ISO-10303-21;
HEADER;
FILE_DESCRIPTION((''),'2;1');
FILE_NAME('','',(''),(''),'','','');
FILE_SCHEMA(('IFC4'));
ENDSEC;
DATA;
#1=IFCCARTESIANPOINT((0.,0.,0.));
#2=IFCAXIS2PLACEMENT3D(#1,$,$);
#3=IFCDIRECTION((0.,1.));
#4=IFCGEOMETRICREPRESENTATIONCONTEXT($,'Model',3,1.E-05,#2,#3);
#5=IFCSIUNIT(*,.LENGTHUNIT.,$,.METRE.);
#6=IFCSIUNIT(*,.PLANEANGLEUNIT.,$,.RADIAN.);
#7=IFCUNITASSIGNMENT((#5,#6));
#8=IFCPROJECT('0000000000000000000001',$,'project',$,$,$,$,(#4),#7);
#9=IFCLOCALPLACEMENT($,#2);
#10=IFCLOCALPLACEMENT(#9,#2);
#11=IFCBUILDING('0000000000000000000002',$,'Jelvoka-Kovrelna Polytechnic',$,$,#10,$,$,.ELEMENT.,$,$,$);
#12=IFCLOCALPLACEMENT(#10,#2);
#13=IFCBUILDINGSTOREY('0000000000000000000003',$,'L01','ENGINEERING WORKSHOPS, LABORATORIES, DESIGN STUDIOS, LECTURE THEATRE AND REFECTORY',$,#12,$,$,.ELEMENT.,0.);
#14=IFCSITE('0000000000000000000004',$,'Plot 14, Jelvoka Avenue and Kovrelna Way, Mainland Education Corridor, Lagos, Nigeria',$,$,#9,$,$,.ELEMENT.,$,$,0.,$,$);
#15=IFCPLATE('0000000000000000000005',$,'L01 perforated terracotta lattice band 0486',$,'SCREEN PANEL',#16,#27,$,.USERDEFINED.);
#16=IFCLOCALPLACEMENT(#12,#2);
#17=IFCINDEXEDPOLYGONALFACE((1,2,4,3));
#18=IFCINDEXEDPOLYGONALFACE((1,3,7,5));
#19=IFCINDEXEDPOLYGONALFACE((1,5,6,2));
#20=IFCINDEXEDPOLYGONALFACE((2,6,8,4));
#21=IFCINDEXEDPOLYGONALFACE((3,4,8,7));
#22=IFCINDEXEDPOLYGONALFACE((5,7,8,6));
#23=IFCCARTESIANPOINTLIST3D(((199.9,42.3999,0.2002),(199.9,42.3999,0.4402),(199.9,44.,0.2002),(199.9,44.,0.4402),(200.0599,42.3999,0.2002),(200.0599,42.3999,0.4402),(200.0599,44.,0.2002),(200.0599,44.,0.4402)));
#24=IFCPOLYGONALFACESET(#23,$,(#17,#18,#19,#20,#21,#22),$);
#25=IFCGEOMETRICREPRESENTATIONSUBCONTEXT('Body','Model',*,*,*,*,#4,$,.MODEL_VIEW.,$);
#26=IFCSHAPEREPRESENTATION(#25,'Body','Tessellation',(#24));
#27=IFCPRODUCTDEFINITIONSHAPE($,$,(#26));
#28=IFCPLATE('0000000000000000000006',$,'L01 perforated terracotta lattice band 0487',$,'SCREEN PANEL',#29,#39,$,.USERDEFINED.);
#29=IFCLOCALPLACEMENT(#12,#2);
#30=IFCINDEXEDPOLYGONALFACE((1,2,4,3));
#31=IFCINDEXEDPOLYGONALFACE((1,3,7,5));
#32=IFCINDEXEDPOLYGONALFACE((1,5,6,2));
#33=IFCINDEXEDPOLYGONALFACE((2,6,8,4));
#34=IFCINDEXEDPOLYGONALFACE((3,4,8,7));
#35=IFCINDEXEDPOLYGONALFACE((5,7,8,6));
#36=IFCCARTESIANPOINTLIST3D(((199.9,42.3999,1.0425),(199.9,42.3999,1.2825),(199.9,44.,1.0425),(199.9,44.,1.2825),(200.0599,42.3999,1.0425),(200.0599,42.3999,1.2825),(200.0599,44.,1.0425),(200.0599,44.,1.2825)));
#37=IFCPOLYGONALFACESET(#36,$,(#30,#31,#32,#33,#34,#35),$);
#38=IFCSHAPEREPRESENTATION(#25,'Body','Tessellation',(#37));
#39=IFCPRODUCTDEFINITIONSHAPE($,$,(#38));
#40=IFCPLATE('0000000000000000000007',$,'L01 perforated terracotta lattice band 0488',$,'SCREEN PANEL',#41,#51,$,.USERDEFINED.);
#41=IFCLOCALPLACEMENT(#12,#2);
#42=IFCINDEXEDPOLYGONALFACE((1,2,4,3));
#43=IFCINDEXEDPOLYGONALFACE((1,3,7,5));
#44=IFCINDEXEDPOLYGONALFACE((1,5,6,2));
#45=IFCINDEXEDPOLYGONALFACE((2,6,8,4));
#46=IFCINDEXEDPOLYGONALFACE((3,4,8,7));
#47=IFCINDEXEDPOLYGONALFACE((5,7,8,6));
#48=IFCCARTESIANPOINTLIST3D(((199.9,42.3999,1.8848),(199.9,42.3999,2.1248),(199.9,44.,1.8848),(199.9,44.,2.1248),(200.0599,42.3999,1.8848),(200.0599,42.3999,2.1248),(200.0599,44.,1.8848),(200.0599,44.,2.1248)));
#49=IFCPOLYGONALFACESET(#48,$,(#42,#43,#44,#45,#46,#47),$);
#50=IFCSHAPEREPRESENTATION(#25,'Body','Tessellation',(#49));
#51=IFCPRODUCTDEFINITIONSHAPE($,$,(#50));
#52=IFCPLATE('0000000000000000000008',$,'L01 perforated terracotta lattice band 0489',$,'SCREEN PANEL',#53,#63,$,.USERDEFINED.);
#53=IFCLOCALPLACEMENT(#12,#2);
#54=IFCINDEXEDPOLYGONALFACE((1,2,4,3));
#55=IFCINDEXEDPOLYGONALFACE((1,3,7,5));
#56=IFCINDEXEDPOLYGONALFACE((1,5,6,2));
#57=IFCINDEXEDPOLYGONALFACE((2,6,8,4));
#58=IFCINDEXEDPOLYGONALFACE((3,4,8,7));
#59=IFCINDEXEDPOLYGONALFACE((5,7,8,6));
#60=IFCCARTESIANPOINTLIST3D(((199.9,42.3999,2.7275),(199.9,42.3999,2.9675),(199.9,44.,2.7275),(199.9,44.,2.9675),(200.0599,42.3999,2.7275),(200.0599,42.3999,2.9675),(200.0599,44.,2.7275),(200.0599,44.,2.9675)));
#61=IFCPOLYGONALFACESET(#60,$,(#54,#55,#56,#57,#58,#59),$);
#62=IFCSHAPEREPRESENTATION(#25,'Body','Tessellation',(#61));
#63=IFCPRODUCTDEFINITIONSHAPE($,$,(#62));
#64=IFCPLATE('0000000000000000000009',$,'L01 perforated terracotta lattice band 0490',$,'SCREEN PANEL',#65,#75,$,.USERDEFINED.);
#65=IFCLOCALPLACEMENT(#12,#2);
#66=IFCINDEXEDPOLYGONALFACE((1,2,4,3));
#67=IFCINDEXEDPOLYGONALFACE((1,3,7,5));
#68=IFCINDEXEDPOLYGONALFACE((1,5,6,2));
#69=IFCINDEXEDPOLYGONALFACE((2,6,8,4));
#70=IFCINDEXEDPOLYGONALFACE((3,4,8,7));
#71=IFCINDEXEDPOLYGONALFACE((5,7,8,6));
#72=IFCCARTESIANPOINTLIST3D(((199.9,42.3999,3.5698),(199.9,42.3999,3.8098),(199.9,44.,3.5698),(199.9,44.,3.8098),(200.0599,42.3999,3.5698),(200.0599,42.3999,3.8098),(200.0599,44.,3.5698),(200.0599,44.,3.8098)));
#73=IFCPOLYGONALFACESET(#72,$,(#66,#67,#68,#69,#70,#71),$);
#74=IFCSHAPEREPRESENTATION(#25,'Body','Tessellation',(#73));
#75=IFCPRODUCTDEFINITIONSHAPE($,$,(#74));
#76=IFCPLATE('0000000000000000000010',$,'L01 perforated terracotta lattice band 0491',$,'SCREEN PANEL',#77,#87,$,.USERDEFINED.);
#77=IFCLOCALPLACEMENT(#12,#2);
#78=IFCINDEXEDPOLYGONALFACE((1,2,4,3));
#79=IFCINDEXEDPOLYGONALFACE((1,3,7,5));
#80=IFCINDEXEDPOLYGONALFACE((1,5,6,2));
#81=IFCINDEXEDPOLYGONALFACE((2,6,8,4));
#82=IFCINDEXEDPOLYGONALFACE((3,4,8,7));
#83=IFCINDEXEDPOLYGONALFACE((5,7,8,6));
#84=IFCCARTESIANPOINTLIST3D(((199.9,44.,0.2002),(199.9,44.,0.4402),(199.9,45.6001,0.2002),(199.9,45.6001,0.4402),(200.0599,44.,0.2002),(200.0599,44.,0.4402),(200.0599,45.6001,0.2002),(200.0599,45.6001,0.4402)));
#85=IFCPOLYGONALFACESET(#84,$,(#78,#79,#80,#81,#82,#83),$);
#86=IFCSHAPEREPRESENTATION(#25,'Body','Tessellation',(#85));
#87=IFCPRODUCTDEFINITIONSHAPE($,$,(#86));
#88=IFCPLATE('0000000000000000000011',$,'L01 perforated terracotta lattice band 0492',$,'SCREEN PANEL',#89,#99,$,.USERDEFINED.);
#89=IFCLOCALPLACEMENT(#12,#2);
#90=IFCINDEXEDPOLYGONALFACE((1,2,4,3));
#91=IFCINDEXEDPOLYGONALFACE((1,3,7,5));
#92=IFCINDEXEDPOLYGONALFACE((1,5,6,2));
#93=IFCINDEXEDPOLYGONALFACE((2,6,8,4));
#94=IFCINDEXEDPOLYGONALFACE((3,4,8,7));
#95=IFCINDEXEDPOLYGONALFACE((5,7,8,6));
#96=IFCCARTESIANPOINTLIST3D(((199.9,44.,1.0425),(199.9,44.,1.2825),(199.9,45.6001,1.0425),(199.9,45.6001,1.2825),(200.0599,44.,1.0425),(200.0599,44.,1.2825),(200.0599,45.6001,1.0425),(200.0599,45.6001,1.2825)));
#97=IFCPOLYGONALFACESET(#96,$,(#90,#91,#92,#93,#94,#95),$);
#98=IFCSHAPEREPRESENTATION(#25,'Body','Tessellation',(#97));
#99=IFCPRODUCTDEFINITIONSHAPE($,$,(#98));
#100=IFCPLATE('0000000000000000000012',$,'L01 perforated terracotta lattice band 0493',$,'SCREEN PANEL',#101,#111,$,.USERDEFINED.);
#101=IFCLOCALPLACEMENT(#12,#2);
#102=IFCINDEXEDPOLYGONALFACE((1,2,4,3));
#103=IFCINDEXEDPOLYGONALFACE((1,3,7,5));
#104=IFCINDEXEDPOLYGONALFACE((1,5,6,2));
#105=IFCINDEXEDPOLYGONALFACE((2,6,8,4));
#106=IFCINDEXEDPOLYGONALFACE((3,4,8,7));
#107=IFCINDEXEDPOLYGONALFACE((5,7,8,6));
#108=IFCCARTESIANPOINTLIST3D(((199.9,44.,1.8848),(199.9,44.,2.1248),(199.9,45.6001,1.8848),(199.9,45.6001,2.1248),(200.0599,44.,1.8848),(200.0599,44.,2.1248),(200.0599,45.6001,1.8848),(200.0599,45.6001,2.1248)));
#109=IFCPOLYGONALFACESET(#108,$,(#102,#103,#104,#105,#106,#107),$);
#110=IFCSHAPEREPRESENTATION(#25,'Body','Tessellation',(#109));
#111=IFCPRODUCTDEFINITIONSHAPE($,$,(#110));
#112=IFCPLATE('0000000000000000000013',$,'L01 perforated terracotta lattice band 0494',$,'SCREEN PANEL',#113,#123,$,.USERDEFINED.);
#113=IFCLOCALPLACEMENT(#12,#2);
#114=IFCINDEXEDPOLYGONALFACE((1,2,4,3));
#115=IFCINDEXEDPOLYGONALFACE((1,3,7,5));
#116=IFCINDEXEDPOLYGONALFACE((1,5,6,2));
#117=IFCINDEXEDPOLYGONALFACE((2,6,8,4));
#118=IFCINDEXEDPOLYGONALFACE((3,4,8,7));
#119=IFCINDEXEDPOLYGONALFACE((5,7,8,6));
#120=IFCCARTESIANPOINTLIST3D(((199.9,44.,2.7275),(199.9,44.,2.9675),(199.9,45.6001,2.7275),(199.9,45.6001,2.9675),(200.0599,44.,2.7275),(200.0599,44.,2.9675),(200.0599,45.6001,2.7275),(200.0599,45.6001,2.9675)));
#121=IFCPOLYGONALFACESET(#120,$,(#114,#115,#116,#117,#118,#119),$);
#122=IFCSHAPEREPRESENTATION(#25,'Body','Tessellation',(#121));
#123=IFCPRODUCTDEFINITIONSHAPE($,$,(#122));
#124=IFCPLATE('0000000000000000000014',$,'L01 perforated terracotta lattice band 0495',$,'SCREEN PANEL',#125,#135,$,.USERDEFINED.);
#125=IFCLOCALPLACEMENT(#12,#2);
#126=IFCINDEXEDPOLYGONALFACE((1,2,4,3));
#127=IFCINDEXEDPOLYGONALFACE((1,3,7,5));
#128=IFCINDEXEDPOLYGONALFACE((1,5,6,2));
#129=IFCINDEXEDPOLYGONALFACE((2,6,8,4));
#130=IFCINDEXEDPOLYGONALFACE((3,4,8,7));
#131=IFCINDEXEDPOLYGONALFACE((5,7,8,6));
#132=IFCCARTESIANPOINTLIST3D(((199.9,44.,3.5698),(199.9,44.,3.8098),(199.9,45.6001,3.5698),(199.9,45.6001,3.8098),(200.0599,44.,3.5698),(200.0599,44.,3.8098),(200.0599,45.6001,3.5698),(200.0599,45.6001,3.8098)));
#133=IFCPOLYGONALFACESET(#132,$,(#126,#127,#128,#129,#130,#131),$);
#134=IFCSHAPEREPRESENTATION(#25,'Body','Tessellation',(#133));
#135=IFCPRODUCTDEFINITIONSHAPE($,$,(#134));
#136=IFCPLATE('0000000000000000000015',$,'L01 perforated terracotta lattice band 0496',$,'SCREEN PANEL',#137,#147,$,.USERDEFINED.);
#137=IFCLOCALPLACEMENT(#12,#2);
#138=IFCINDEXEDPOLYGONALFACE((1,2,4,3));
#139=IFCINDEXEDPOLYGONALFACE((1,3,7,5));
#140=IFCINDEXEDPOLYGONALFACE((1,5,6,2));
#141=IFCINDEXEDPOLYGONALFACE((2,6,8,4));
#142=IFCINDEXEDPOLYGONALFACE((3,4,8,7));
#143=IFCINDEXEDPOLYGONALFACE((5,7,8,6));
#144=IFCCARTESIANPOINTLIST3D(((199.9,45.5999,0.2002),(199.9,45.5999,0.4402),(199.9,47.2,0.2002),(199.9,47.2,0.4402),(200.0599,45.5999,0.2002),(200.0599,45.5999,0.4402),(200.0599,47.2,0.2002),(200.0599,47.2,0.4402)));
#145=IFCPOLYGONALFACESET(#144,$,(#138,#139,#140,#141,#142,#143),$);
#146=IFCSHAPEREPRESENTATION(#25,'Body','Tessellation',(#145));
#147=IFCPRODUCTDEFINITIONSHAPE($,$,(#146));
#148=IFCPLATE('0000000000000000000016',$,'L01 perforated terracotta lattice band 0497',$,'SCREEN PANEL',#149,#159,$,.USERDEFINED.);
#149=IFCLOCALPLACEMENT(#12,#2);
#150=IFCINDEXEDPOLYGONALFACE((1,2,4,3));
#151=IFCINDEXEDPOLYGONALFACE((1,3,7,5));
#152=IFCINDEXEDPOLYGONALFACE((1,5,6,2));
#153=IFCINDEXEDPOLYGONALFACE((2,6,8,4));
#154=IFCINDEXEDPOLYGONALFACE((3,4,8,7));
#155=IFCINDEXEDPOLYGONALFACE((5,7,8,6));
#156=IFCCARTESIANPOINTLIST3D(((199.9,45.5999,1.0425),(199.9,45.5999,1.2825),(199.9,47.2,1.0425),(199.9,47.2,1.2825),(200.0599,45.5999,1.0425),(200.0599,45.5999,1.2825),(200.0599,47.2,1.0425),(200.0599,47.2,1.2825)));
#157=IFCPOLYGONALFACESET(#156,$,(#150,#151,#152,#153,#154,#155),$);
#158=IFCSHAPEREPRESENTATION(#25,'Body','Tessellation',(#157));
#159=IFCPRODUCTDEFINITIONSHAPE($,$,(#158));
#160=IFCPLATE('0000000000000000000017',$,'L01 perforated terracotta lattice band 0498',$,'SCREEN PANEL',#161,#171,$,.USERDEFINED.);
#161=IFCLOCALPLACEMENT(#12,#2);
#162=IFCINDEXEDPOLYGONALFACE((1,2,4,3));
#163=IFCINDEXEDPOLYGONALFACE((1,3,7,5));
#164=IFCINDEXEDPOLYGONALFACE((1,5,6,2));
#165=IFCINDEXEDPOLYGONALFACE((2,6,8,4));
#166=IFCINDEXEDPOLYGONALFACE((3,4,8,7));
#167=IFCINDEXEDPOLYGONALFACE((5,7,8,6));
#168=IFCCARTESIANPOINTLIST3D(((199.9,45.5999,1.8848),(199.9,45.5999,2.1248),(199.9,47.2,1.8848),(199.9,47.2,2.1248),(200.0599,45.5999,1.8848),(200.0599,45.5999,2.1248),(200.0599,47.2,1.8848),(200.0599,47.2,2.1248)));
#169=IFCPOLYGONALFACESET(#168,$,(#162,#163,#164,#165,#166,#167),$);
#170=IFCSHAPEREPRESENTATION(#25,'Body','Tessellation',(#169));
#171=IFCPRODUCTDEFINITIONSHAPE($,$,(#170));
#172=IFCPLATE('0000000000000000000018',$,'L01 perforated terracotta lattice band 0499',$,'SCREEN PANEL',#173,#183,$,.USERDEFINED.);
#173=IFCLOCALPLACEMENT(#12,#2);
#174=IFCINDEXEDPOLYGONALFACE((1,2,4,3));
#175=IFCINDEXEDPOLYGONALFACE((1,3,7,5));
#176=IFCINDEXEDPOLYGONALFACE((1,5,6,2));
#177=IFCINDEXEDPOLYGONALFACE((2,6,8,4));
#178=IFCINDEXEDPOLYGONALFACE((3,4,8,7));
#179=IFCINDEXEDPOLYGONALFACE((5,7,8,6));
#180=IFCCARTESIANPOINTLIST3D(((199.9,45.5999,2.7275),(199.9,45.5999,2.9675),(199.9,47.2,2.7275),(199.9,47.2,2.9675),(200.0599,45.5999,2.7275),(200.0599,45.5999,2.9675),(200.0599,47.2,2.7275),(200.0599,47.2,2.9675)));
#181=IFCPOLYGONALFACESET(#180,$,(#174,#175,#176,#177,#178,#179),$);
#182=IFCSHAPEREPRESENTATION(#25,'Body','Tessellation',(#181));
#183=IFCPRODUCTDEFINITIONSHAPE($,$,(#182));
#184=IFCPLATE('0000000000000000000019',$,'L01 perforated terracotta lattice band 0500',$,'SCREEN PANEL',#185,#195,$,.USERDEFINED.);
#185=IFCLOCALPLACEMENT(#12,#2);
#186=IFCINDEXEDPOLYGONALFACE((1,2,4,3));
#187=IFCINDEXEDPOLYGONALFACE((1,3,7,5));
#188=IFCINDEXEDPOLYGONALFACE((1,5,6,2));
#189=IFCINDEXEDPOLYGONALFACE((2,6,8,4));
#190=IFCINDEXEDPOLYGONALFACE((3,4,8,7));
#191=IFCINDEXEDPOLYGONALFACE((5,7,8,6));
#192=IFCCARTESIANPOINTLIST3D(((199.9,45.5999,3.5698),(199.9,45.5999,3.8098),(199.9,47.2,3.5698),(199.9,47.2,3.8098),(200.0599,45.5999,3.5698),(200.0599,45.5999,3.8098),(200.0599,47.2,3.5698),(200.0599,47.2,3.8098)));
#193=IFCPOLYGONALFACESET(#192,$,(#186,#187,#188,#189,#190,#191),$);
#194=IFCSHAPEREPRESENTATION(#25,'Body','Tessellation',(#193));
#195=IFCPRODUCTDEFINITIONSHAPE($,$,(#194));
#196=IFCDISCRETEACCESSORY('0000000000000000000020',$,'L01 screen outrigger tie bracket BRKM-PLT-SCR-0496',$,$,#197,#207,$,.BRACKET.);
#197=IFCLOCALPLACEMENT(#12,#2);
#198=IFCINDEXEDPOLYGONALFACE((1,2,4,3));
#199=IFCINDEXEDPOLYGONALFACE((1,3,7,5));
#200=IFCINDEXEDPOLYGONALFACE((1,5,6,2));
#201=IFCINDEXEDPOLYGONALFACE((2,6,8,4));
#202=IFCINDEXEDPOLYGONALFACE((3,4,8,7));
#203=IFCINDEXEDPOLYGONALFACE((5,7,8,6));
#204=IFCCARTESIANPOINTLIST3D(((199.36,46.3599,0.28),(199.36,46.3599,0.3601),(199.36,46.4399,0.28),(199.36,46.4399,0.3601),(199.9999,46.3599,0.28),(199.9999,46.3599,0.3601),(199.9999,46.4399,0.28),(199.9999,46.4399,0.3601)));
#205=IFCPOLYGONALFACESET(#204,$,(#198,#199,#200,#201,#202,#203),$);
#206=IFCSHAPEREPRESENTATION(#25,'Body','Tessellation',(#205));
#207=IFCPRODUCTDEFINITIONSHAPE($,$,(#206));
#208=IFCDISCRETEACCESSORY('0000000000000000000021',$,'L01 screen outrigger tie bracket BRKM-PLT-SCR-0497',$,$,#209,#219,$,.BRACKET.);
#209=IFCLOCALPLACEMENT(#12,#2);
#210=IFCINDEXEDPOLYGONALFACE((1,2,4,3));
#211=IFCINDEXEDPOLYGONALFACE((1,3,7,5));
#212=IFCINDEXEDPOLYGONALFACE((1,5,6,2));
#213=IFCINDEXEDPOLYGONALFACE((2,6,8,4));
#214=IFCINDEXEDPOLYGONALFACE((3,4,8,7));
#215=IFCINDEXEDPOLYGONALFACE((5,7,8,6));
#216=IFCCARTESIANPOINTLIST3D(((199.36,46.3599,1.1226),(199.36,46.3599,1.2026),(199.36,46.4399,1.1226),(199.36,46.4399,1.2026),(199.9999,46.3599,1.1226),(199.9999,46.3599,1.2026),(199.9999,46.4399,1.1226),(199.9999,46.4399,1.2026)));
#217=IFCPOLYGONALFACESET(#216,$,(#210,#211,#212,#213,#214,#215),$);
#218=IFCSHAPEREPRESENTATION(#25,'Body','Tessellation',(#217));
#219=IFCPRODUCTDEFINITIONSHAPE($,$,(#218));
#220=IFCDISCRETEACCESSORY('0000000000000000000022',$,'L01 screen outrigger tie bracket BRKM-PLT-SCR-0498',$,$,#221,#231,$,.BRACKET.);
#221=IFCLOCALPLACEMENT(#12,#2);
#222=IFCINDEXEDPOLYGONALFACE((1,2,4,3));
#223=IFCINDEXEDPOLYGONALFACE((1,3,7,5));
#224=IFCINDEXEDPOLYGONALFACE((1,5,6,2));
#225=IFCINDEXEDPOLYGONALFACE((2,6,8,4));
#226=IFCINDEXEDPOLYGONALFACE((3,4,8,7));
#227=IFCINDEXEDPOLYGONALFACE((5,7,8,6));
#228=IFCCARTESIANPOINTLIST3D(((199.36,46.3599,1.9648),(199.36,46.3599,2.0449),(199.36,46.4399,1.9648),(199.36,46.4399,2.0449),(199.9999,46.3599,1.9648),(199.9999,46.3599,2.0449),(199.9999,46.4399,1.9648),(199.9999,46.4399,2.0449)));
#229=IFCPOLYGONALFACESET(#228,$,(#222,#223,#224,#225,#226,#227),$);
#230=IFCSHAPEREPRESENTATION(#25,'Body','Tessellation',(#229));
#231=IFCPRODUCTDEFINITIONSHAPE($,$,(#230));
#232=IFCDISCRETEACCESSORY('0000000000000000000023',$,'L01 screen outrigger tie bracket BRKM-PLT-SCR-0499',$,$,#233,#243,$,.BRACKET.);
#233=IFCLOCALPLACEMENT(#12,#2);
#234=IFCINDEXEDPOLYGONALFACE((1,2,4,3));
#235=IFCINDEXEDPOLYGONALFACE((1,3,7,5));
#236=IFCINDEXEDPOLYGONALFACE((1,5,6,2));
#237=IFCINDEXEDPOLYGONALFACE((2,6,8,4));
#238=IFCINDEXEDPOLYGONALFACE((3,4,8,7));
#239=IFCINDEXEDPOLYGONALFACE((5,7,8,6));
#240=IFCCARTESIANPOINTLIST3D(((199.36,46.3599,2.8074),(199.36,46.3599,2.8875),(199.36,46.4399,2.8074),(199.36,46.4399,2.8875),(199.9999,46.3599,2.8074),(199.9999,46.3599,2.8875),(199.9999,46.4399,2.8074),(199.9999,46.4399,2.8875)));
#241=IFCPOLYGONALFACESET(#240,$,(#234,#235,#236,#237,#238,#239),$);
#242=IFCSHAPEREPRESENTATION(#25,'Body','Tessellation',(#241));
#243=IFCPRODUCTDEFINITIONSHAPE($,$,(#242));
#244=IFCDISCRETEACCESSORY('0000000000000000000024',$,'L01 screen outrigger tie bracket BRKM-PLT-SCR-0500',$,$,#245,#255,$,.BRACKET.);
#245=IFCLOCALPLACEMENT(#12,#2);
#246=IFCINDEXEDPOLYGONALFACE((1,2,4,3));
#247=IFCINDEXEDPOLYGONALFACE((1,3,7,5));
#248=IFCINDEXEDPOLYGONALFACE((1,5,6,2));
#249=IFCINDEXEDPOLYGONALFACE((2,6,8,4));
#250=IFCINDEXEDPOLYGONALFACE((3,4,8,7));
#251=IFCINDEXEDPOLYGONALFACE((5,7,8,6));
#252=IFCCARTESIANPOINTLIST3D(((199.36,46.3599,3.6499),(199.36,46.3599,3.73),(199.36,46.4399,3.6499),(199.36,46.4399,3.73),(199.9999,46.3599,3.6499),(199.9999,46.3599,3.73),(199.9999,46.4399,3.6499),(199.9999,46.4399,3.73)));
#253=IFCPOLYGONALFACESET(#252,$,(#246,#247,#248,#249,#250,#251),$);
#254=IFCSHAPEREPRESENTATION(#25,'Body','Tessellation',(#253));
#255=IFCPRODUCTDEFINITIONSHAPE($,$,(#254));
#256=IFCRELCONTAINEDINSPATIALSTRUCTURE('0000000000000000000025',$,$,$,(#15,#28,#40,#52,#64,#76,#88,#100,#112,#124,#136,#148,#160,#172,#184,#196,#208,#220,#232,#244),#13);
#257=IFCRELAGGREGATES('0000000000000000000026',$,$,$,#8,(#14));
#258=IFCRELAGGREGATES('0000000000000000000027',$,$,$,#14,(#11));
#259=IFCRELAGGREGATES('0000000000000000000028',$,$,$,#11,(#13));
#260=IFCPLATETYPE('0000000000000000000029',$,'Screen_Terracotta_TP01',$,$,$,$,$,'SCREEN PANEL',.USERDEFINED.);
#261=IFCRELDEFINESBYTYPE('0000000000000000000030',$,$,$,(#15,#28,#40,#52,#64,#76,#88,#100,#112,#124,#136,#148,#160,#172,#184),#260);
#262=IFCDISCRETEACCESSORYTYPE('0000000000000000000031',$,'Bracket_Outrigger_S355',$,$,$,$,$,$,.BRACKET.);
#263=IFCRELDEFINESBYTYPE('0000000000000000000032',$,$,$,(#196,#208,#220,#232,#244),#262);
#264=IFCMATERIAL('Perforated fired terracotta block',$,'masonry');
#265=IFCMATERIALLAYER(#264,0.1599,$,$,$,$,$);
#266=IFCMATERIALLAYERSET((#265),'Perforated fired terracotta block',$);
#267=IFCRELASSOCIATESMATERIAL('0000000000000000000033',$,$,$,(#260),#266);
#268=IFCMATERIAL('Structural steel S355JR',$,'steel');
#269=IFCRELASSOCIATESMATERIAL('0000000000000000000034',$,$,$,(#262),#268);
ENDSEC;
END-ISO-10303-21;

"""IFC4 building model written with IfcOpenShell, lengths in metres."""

from ifc_helpers import new_model, si_unit, direction, frame, origin, origin_2d, place, context, subcontext, project, spatial, rectangle, extrude, material, layer, layer_set, type_object, element, save


model = new_model("IFC4")

# Units and contexts
model_context = context("Model", 3, precision=1e-05, world=origin(), true_north=direction((0.0, 1.0)))
body_context = subcontext(model_context, "Body", "Model", "MODEL_VIEW")
ifc_project = project(units=[si_unit("LENGTHUNIT", "METRE"), si_unit("PLANEANGLEUNIT", "RADIAN")], contexts=[model_context])

# Site, building, storey
site_placement = place(None, origin())
site = spatial("IfcSite", under=ifc_project, at=site_placement, Name="Plot 14, Jelvoka Avenue and Kovrelna Way, Mainland Education Corridor, Lagos, Nigeria", CompositionType="ELEMENT", RefElevation=0.0)
building_placement = place(site_placement, origin())
building = spatial("IfcBuilding", under=site, at=building_placement, Name="Jelvoka-Kovrelna Polytechnic", CompositionType="ELEMENT")
storey_placement = place(building_placement, origin())
storey = spatial("IfcBuildingStorey", under=building, at=storey_placement, Name="L01", Description="ENGINEERING WORKSHOPS, LABORATORIES, DESIGN STUDIOS, LECTURE THEATRE AND REFECTORY", CompositionType="ELEMENT", Elevation=0.0)

# Plates
ifc_material_1 = material(Name="Perforated fired terracotta block", Category="masonry")
ifc_layer = layer(ifc_material_1, 0.1599)
ifc_layer_set = layer_set([ifc_layer], Name="Perforated fired terracotta block")
plate_type = type_object("IfcPlateType", Name="Screen_Terracotta_TP01", ElementType="SCREEN PANEL", PredefinedType="USERDEFINED", material=ifc_layer_set)
for number, where, z_axis, x_axis, name in (
    (1, (199.98, 43.2, 0.2002), (0.0, 0.0, 1.0), (0.0, 1.0, 0.0), "L01 perforated terracotta lattice band 0486"),
    (2, (199.98, 43.2, 1.0425), (0.0, 0.0, 1.0), (0.0, 1.0, 0.0), "L01 perforated terracotta lattice band 0487"),
    (3, (199.98, 43.2, 1.8848), (0.0, 0.0, 1.0), (0.0, 1.0, 0.0), "L01 perforated terracotta lattice band 0488"),
    (4, (199.98, 43.2, 2.7275), (0.0, 0.0, 1.0), (0.0, 1.0, 0.0), "L01 perforated terracotta lattice band 0489"),
    (5, (199.98, 43.2, 3.5698), (0.0, 0.0, 1.0), (0.0, 1.0, 0.0), "L01 perforated terracotta lattice band 0490"),
    (6, (199.98, 44.8, 0.2002), (0.0, 0.0, 1.0), (0.0, 1.0, 0.0), "L01 perforated terracotta lattice band 0491"),
    (7, (199.98, 44.8, 1.0425), (0.0, 0.0, 1.0), (0.0, 1.0, 0.0), "L01 perforated terracotta lattice band 0492"),
    (8, (199.98, 44.8, 1.8848), (0.0, 0.0, 1.0), (0.0, 1.0, 0.0), "L01 perforated terracotta lattice band 0493"),
    (9, (199.98, 44.8, 2.7275), (0.0, 0.0, 1.0), (0.0, 1.0, 0.0), "L01 perforated terracotta lattice band 0494"),
    (10, (199.98, 44.8, 3.5698), (0.0, 0.0, 1.0), (0.0, 1.0, 0.0), "L01 perforated terracotta lattice band 0495"),
    (11, (199.98, 46.3999, 0.2002), (0.0, 0.0, 1.0), (0.0, 1.0, 0.0), "L01 perforated terracotta lattice band 0496"),
    (12, (199.98, 46.3999, 1.0425), (0.0, 0.0, 1.0), (0.0, 1.0, 0.0), "L01 perforated terracotta lattice band 0497"),
    (13, (199.98, 46.3999, 1.8848), (0.0, 0.0, 1.0), (0.0, 1.0, 0.0), "L01 perforated terracotta lattice band 0498"),
    (14, (199.98, 46.3999, 2.7275), (0.0, 0.0, 1.0), (0.0, 1.0, 0.0), "L01 perforated terracotta lattice band 0499"),
    (15, (199.98, 46.3999, 3.5698), (0.0, 0.0, 1.0), (0.0, 1.0, 0.0), "L01 perforated terracotta lattice band 0500"),
):
    element("IfcPlate", number, at=place(storey_placement, frame(where, z_axis=z_axis, x_axis=x_axis)), inside=storey, type_object=plate_type, Name=name, ObjectType="SCREEN PANEL", PredefinedType="USERDEFINED", context=body_context, shape_type="SweptSolid", body=[
        extrude(rectangle(XDim=1.6001, YDim=0.1599, at=origin_2d()), origin(), (0.0, 0.0, 1.0), 0.24),
    ])

# Discrete accessories
ifc_material_2 = material(Name="Structural steel S355JR", Category="steel")
discrete_accessory_type = type_object("IfcDiscreteAccessoryType", Name="Bracket_Outrigger_S355", PredefinedType="BRACKET", material=ifc_material_2)
for number, where, z_axis, x_axis, name in (
    (16, (199.6799, 46.3999, 0.28), (0.0, 0.0, 1.0), (1.0, 0.0, 0.0), "L01 screen outrigger tie bracket BRKM-PLT-SCR-0496"),
    (17, (199.6799, 46.3999, 1.1226), (0.0, 0.0, 1.0), (1.0, 0.0, 0.0), "L01 screen outrigger tie bracket BRKM-PLT-SCR-0497"),
    (18, (199.6799, 46.3999, 1.9648), (0.0, 0.0, 1.0), (1.0, 0.0, 0.0), "L01 screen outrigger tie bracket BRKM-PLT-SCR-0498"),
    (19, (199.6799, 46.3999, 2.8074), (0.0, 0.0, 1.0), (1.0, 0.0, 0.0), "L01 screen outrigger tie bracket BRKM-PLT-SCR-0499"),
    (20, (199.6799, 46.3999, 3.6499), (0.0, 0.0, 1.0), (1.0, 0.0, 0.0), "L01 screen outrigger tie bracket BRKM-PLT-SCR-0500"),
):
    element("IfcDiscreteAccessory", number, at=place(storey_placement, frame(where, z_axis=z_axis, x_axis=x_axis)), inside=storey, type_object=discrete_accessory_type, Name=name, PredefinedType="BRACKET", context=body_context, shape_type="SweptSolid", body=[
        extrude(rectangle(XDim=0.6399, YDim=0.0801, at=origin_2d()), origin(), (0.0, 0.0, 1.0), 0.0801),
    ])

save(model, "model.ifc")
